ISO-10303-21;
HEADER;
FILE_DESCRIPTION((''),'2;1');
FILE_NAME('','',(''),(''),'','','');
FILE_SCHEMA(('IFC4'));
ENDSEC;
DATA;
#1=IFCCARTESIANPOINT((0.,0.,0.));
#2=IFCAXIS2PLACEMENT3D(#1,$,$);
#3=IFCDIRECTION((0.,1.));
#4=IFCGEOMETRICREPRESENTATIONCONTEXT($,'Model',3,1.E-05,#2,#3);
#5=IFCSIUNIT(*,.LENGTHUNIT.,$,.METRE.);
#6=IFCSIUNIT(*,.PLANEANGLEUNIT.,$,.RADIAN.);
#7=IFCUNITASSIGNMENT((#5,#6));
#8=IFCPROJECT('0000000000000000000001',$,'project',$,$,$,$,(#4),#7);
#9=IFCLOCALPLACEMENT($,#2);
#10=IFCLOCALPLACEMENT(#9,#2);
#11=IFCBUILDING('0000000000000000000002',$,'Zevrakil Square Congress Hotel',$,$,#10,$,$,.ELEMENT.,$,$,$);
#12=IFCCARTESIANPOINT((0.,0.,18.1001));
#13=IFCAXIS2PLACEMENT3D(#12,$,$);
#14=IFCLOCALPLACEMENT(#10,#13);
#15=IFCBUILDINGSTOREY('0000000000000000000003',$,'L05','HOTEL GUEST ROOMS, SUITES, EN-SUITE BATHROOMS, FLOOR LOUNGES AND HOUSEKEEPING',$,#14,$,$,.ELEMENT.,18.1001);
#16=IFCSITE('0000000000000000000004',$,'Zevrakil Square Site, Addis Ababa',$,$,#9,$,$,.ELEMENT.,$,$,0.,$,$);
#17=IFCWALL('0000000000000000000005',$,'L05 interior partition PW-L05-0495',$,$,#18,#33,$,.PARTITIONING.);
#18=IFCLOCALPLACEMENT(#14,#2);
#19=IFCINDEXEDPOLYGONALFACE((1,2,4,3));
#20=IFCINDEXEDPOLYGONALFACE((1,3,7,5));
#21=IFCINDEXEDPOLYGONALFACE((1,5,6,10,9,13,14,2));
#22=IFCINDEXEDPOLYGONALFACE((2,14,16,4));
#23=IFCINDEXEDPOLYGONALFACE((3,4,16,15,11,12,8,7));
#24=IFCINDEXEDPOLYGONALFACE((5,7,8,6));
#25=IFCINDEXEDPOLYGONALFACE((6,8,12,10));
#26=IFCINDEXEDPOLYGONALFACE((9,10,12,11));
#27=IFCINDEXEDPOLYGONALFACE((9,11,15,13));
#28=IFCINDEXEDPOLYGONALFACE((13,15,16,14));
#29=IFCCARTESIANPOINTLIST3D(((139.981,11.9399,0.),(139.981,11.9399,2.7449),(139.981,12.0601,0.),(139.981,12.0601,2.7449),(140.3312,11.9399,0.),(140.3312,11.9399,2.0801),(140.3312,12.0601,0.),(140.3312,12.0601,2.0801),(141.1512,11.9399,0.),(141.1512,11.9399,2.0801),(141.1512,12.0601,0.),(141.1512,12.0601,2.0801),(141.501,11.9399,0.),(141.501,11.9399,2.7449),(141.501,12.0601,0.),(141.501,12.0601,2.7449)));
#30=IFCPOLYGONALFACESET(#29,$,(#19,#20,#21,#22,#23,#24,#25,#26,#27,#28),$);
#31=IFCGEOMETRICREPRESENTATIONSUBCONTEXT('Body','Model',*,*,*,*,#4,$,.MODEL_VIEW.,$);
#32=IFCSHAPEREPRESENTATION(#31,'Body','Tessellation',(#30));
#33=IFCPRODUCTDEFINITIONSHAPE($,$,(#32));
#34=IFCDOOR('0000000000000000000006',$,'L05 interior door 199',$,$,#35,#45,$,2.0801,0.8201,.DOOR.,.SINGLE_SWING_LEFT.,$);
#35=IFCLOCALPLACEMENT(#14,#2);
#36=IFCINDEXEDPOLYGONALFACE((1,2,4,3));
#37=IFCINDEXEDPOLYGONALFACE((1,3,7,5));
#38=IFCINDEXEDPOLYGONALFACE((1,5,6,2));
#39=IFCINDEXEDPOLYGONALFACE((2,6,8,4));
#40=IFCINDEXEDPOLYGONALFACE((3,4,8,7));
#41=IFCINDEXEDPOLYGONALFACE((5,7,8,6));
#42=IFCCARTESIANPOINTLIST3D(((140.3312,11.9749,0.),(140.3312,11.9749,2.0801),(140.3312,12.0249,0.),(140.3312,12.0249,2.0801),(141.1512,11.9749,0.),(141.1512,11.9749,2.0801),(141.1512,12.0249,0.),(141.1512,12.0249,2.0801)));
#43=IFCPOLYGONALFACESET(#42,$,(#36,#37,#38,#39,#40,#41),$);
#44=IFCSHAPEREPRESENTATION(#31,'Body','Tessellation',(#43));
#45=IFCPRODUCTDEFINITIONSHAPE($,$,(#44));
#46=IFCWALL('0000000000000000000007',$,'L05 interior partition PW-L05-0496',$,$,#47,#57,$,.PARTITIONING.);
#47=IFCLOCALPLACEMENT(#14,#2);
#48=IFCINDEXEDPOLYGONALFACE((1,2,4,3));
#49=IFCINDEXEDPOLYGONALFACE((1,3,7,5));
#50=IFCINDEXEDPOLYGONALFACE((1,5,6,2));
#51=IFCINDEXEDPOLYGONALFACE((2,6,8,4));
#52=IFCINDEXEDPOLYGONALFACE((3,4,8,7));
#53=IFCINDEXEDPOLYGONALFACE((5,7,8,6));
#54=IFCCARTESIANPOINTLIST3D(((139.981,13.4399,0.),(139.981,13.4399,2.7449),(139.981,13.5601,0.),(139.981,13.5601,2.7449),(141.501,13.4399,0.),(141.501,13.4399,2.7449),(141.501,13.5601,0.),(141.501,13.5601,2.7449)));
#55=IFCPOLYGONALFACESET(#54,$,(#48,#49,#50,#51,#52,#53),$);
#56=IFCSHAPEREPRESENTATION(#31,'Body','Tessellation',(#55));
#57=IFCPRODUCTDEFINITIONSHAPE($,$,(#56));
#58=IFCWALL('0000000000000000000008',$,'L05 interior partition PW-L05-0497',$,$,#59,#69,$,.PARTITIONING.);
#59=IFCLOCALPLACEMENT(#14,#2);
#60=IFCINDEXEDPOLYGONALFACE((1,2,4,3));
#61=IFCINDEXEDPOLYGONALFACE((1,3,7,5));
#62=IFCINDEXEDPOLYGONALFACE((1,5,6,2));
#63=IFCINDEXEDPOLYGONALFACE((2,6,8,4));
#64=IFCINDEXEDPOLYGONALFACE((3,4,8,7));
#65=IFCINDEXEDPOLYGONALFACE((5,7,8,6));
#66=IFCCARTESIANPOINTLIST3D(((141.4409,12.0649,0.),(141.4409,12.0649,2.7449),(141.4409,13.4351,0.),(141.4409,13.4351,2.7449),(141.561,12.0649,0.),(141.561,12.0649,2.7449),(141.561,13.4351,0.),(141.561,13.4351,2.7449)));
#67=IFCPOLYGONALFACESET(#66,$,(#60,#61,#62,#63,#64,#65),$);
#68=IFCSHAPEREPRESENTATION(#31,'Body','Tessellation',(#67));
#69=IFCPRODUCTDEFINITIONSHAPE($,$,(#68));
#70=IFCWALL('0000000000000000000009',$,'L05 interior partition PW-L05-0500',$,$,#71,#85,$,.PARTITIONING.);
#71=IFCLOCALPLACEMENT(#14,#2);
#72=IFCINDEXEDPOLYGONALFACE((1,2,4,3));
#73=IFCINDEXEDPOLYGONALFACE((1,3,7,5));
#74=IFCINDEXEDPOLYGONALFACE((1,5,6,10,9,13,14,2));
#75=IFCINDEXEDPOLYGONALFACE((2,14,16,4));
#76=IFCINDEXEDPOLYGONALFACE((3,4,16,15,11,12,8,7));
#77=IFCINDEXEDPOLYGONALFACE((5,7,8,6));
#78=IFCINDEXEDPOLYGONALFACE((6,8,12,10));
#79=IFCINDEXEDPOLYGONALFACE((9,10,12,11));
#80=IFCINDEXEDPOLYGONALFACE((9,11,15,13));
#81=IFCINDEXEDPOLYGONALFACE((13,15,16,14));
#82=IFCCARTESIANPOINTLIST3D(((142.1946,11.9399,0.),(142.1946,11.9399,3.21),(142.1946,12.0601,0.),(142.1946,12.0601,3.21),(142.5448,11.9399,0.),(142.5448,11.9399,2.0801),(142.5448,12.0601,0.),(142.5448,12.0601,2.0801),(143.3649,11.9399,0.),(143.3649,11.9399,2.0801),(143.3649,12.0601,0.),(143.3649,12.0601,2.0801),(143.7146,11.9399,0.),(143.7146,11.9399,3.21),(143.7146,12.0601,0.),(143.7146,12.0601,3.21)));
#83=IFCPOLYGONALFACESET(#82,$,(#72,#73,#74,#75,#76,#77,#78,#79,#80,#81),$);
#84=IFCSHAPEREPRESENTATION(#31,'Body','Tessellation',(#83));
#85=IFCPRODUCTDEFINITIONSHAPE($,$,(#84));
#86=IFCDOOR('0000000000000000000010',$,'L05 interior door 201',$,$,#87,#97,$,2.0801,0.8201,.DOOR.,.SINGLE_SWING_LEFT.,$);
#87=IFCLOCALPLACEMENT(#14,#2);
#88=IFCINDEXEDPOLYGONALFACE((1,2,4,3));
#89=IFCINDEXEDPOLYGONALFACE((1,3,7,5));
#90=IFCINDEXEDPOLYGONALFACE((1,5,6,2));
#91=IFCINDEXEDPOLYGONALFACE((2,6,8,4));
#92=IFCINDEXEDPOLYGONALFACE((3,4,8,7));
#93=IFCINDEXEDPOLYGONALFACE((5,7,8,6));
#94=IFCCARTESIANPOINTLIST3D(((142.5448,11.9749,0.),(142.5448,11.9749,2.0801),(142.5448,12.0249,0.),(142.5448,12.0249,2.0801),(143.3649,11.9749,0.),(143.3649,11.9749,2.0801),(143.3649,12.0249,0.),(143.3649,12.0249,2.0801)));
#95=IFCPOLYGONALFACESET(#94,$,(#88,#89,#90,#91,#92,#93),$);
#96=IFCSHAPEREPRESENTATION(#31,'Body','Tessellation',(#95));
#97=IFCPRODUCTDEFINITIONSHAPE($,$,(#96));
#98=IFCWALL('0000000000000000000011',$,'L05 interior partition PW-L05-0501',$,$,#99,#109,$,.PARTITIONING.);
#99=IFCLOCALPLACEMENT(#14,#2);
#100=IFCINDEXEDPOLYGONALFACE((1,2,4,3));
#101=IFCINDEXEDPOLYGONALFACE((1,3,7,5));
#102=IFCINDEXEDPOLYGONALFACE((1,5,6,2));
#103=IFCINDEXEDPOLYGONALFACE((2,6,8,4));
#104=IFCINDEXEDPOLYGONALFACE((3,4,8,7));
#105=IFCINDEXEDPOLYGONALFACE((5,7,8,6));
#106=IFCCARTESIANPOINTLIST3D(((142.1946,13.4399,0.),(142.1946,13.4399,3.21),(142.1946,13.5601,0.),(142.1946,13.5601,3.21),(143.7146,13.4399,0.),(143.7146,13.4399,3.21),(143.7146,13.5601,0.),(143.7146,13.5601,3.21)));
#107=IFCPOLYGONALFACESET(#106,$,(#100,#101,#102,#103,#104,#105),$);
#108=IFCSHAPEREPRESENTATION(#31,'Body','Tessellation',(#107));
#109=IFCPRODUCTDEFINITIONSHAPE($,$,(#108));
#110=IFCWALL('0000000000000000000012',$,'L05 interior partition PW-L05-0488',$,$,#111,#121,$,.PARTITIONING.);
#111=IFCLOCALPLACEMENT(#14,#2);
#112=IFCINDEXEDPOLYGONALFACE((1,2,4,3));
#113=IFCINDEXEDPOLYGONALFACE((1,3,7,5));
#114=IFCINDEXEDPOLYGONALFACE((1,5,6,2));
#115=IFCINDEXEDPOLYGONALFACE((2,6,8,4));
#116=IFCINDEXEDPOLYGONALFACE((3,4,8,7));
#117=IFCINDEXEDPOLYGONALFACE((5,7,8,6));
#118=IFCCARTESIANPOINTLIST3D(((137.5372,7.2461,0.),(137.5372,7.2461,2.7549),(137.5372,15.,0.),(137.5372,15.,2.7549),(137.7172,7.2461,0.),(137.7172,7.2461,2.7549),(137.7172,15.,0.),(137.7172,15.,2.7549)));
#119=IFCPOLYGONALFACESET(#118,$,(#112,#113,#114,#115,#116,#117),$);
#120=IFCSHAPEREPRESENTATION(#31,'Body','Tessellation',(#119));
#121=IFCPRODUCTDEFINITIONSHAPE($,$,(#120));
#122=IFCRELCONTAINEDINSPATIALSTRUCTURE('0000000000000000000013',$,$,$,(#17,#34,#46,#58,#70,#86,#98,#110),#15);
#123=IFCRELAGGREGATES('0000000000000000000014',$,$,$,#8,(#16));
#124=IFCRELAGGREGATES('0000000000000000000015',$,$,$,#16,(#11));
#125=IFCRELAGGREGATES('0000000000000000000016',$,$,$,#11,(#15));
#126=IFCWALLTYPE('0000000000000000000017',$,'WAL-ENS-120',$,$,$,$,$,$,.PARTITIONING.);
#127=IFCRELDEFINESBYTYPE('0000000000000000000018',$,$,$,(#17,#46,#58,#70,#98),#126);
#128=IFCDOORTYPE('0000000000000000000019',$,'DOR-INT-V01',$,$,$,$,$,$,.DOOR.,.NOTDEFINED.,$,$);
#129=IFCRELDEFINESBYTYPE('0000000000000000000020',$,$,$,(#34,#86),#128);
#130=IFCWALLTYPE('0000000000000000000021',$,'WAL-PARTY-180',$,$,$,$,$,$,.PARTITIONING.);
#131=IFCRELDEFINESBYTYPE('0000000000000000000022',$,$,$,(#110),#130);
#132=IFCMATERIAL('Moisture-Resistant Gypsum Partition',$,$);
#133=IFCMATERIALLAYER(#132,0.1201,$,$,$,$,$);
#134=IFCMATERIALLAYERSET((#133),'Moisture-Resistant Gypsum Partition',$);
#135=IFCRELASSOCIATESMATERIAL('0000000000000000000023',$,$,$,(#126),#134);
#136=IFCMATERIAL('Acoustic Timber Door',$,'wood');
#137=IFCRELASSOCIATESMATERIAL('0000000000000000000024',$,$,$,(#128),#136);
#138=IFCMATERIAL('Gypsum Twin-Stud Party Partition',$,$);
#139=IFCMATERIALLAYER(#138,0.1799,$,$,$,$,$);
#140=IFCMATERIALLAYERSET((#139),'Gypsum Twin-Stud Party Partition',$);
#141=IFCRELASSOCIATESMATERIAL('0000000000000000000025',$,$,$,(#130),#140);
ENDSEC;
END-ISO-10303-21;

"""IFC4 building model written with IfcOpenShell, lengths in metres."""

from ifc_helpers import new_model, si_unit, direction, frame, frame_2d, origin, place, context, subcontext, project, spatial, rectangle, extrude, material, layer, layer_set, type_object, element, fill, save


model = new_model("IFC4")

# Units and contexts
model_context = context("Model", 3, precision=1e-05, world=origin(), true_north=direction((0.0, 1.0)))
body_context = subcontext(model_context, "Body", "Model", "MODEL_VIEW")
ifc_project = project(units=[si_unit("LENGTHUNIT", "METRE"), si_unit("PLANEANGLEUNIT", "RADIAN")], contexts=[model_context])

# Site, building, storey
site_placement = place(None, origin())
site = spatial("IfcSite", under=ifc_project, at=site_placement, Name="Zevrakil Square Site, Addis Ababa", CompositionType="ELEMENT", RefElevation=0.0)
building_placement = place(site_placement, origin())
building = spatial("IfcBuilding", under=site, at=building_placement, Name="Zevrakil Square Congress Hotel", CompositionType="ELEMENT")
storey_placement = place(building_placement, frame((0.0, 0.0, 18.1001)))
storey = spatial("IfcBuildingStorey", under=building, at=storey_placement, Name="L05", Description="HOTEL GUEST ROOMS, SUITES, EN-SUITE BATHROOMS, FLOOR LOUNGES AND HOUSEKEEPING", CompositionType="ELEMENT", Elevation=18.1001)

# Shared definitions
ifc_material_1 = material(Name="Moisture-Resistant Gypsum Partition")
ifc_layer_1 = layer(ifc_material_1, 0.1201)
ifc_layer_set_1 = layer_set([ifc_layer_1], Name="Moisture-Resistant Gypsum Partition")
wall_type_1 = type_object("IfcWallType", Name="WAL-ENS-120", PredefinedType="PARTITIONING", material=ifc_layer_set_1)

# Shared definitions
ifc_material_2 = material(Name="Acoustic Timber Door", Category="wood")
door_type_1 = type_object("IfcDoorType", Name="DOR-INT-V01", OperationType="NOTDEFINED", PredefinedType="DOOR", material=ifc_material_2)

# Wall, opening, door
wall_1_placement = place(storey_placement, frame((139.981, 12.0, 0.0), z_axis=(0.0, 0.0, 1.0), x_axis=(1.0, 0.0, 0.0)))
wall_1 = element("IfcWall", 1, at=wall_1_placement, inside=storey, type_object=wall_type_1, Name="L05 interior partition PW-L05-0495", PredefinedType="PARTITIONING", context=body_context, shape_type="SweptSolid", body=[
    extrude(rectangle(XDim=1.52, YDim=0.1201, at=frame_2d((0.76, 0.0))), origin(), (0.0, 0.0, 1.0), 2.7449),
])
opening_1_placement = place(wall_1_placement, frame((0.3501, 0.0, 0.0)))
opening_1 = element("IfcOpeningElement", 2, at=opening_1_placement, cuts=wall_1, PredefinedType="OPENING", context=body_context, shape_type="SweptSolid", body=[
    extrude(rectangle(XDim=0.8201, YDim=2.0801, at=frame_2d((0.4102, 1.04))), frame((0.0, 0.0701, 0.0), z_axis=(0.0, -1.0, 0.0), x_axis=(1.0, 0.0, 0.0)), (0.0, 0.0, 1.0), 0.1401),
])
door_1_placement = place(opening_1_placement, origin())
door_1 = element("IfcDoor", 3, at=door_1_placement, inside=storey, type_object=door_type_1, Name="L05 interior door 199", OperationType="SINGLE_SWING_LEFT", OverallHeight=2.0801, OverallWidth=0.8201, PredefinedType="DOOR", context=body_context, shape_type="SweptSolid", body=[
    extrude(rectangle(XDim=0.8201, YDim=2.0801, at=frame_2d((0.4102, 1.04))), frame((0.0, 0.0249, 0.0), z_axis=(0.0, -1.0, 0.0), x_axis=(1.0, 0.0, 0.0)), (0.0, 0.0, 1.0), 0.05),
])
fill(opening_1, door_1)

# Walls
wall_2_placement = place(storey_placement, frame((139.981, 13.5, 0.0), z_axis=(0.0, 0.0, 1.0), x_axis=(1.0, 0.0, 0.0)))
element("IfcWall", 4, at=wall_2_placement, inside=storey, type_object=wall_type_1, Name="L05 interior partition PW-L05-0496", PredefinedType="PARTITIONING", context=body_context, shape_type="SweptSolid", body=[
    extrude(rectangle(XDim=1.52, YDim=0.1201, at=frame_2d((0.76, 0.0))), origin(), (0.0, 0.0, 1.0), 2.7449),
])
wall_3_placement = place(storey_placement, frame((141.501, 12.0649, 0.0), z_axis=(0.0, 0.0, 1.0), x_axis=(0.0, 1.0, 0.0)))
element("IfcWall", 5, at=wall_3_placement, inside=storey, type_object=wall_type_1, Name="L05 interior partition PW-L05-0497", PredefinedType="PARTITIONING", context=body_context, shape_type="SweptSolid", body=[
    extrude(rectangle(XDim=1.3701, YDim=0.1201, at=frame_2d((0.6851, 0.0))), origin(), (0.0, 0.0, 1.0), 2.7449),
])

# Wall, opening, door
wall_4_placement = place(storey_placement, frame((142.1946, 12.0, 0.0), z_axis=(0.0, 0.0, 1.0), x_axis=(1.0, 0.0, 0.0)))
wall_4 = element("IfcWall", 6, at=wall_4_placement, inside=storey, type_object=wall_type_1, Name="L05 interior partition PW-L05-0500", PredefinedType="PARTITIONING", context=body_context, shape_type="SweptSolid", body=[
    extrude(rectangle(XDim=1.52, YDim=0.1201, at=frame_2d((0.76, 0.0))), origin(), (0.0, 0.0, 1.0), 3.21),
])
opening_2_placement = place(wall_4_placement, frame((0.3501, 0.0, 0.0)))
opening_2 = element("IfcOpeningElement", 7, at=opening_2_placement, cuts=wall_4, PredefinedType="OPENING", context=body_context, shape_type="SweptSolid", body=[
    extrude(rectangle(XDim=0.8201, YDim=2.0801, at=frame_2d((0.4102, 1.04))), frame((0.0, 0.0701, 0.0), z_axis=(0.0, -1.0, 0.0), x_axis=(1.0, 0.0, 0.0)), (0.0, 0.0, 1.0), 0.1401),
])
door_2_placement = place(opening_2_placement, origin())
door_2 = element("IfcDoor", 8, at=door_2_placement, inside=storey, type_object=door_type_1, Name="L05 interior door 201", OperationType="SINGLE_SWING_LEFT", OverallHeight=2.0801, OverallWidth=0.8201, PredefinedType="DOOR", context=body_context, shape_type="SweptSolid", body=[
    extrude(rectangle(XDim=0.8201, YDim=2.0801, at=frame_2d((0.4102, 1.04))), frame((0.0, 0.0249, 0.0), z_axis=(0.0, -1.0, 0.0), x_axis=(1.0, 0.0, 0.0)), (0.0, 0.0, 1.0), 0.05),
])
fill(opening_2, door_2)

# Walls
wall_5_placement = place(storey_placement, frame((142.1946, 13.5, 0.0), z_axis=(0.0, 0.0, 1.0), x_axis=(1.0, 0.0, 0.0)))
element("IfcWall", 9, at=wall_5_placement, inside=storey, type_object=wall_type_1, Name="L05 interior partition PW-L05-0501", PredefinedType="PARTITIONING", context=body_context, shape_type="SweptSolid", body=[
    extrude(rectangle(XDim=1.52, YDim=0.1201, at=frame_2d((0.76, 0.0))), origin(), (0.0, 0.0, 1.0), 3.21),
])
ifc_material_3 = material(Name="Gypsum Twin-Stud Party Partition")
ifc_layer_2 = layer(ifc_material_3, 0.1799)
ifc_layer_set_2 = layer_set([ifc_layer_2], Name="Gypsum Twin-Stud Party Partition")
wall_type_2 = type_object("IfcWallType", Name="WAL-PARTY-180", PredefinedType="PARTITIONING", material=ifc_layer_set_2)
wall_6_placement = place(storey_placement, frame((137.6272, 7.2461, 0.0), z_axis=(0.0, 0.0, 1.0), x_axis=(0.0, 1.0, 0.0)))
element("IfcWall", 10, at=wall_6_placement, inside=storey, type_object=wall_type_2, Name="L05 interior partition PW-L05-0488", PredefinedType="PARTITIONING", context=body_context, shape_type="SweptSolid", body=[
    extrude(rectangle(XDim=7.7539, YDim=0.1799, at=frame_2d((3.877, 0.0))), origin(), (0.0, 0.0, 1.0), 2.7549),
])

save(model, "model.ifc")
